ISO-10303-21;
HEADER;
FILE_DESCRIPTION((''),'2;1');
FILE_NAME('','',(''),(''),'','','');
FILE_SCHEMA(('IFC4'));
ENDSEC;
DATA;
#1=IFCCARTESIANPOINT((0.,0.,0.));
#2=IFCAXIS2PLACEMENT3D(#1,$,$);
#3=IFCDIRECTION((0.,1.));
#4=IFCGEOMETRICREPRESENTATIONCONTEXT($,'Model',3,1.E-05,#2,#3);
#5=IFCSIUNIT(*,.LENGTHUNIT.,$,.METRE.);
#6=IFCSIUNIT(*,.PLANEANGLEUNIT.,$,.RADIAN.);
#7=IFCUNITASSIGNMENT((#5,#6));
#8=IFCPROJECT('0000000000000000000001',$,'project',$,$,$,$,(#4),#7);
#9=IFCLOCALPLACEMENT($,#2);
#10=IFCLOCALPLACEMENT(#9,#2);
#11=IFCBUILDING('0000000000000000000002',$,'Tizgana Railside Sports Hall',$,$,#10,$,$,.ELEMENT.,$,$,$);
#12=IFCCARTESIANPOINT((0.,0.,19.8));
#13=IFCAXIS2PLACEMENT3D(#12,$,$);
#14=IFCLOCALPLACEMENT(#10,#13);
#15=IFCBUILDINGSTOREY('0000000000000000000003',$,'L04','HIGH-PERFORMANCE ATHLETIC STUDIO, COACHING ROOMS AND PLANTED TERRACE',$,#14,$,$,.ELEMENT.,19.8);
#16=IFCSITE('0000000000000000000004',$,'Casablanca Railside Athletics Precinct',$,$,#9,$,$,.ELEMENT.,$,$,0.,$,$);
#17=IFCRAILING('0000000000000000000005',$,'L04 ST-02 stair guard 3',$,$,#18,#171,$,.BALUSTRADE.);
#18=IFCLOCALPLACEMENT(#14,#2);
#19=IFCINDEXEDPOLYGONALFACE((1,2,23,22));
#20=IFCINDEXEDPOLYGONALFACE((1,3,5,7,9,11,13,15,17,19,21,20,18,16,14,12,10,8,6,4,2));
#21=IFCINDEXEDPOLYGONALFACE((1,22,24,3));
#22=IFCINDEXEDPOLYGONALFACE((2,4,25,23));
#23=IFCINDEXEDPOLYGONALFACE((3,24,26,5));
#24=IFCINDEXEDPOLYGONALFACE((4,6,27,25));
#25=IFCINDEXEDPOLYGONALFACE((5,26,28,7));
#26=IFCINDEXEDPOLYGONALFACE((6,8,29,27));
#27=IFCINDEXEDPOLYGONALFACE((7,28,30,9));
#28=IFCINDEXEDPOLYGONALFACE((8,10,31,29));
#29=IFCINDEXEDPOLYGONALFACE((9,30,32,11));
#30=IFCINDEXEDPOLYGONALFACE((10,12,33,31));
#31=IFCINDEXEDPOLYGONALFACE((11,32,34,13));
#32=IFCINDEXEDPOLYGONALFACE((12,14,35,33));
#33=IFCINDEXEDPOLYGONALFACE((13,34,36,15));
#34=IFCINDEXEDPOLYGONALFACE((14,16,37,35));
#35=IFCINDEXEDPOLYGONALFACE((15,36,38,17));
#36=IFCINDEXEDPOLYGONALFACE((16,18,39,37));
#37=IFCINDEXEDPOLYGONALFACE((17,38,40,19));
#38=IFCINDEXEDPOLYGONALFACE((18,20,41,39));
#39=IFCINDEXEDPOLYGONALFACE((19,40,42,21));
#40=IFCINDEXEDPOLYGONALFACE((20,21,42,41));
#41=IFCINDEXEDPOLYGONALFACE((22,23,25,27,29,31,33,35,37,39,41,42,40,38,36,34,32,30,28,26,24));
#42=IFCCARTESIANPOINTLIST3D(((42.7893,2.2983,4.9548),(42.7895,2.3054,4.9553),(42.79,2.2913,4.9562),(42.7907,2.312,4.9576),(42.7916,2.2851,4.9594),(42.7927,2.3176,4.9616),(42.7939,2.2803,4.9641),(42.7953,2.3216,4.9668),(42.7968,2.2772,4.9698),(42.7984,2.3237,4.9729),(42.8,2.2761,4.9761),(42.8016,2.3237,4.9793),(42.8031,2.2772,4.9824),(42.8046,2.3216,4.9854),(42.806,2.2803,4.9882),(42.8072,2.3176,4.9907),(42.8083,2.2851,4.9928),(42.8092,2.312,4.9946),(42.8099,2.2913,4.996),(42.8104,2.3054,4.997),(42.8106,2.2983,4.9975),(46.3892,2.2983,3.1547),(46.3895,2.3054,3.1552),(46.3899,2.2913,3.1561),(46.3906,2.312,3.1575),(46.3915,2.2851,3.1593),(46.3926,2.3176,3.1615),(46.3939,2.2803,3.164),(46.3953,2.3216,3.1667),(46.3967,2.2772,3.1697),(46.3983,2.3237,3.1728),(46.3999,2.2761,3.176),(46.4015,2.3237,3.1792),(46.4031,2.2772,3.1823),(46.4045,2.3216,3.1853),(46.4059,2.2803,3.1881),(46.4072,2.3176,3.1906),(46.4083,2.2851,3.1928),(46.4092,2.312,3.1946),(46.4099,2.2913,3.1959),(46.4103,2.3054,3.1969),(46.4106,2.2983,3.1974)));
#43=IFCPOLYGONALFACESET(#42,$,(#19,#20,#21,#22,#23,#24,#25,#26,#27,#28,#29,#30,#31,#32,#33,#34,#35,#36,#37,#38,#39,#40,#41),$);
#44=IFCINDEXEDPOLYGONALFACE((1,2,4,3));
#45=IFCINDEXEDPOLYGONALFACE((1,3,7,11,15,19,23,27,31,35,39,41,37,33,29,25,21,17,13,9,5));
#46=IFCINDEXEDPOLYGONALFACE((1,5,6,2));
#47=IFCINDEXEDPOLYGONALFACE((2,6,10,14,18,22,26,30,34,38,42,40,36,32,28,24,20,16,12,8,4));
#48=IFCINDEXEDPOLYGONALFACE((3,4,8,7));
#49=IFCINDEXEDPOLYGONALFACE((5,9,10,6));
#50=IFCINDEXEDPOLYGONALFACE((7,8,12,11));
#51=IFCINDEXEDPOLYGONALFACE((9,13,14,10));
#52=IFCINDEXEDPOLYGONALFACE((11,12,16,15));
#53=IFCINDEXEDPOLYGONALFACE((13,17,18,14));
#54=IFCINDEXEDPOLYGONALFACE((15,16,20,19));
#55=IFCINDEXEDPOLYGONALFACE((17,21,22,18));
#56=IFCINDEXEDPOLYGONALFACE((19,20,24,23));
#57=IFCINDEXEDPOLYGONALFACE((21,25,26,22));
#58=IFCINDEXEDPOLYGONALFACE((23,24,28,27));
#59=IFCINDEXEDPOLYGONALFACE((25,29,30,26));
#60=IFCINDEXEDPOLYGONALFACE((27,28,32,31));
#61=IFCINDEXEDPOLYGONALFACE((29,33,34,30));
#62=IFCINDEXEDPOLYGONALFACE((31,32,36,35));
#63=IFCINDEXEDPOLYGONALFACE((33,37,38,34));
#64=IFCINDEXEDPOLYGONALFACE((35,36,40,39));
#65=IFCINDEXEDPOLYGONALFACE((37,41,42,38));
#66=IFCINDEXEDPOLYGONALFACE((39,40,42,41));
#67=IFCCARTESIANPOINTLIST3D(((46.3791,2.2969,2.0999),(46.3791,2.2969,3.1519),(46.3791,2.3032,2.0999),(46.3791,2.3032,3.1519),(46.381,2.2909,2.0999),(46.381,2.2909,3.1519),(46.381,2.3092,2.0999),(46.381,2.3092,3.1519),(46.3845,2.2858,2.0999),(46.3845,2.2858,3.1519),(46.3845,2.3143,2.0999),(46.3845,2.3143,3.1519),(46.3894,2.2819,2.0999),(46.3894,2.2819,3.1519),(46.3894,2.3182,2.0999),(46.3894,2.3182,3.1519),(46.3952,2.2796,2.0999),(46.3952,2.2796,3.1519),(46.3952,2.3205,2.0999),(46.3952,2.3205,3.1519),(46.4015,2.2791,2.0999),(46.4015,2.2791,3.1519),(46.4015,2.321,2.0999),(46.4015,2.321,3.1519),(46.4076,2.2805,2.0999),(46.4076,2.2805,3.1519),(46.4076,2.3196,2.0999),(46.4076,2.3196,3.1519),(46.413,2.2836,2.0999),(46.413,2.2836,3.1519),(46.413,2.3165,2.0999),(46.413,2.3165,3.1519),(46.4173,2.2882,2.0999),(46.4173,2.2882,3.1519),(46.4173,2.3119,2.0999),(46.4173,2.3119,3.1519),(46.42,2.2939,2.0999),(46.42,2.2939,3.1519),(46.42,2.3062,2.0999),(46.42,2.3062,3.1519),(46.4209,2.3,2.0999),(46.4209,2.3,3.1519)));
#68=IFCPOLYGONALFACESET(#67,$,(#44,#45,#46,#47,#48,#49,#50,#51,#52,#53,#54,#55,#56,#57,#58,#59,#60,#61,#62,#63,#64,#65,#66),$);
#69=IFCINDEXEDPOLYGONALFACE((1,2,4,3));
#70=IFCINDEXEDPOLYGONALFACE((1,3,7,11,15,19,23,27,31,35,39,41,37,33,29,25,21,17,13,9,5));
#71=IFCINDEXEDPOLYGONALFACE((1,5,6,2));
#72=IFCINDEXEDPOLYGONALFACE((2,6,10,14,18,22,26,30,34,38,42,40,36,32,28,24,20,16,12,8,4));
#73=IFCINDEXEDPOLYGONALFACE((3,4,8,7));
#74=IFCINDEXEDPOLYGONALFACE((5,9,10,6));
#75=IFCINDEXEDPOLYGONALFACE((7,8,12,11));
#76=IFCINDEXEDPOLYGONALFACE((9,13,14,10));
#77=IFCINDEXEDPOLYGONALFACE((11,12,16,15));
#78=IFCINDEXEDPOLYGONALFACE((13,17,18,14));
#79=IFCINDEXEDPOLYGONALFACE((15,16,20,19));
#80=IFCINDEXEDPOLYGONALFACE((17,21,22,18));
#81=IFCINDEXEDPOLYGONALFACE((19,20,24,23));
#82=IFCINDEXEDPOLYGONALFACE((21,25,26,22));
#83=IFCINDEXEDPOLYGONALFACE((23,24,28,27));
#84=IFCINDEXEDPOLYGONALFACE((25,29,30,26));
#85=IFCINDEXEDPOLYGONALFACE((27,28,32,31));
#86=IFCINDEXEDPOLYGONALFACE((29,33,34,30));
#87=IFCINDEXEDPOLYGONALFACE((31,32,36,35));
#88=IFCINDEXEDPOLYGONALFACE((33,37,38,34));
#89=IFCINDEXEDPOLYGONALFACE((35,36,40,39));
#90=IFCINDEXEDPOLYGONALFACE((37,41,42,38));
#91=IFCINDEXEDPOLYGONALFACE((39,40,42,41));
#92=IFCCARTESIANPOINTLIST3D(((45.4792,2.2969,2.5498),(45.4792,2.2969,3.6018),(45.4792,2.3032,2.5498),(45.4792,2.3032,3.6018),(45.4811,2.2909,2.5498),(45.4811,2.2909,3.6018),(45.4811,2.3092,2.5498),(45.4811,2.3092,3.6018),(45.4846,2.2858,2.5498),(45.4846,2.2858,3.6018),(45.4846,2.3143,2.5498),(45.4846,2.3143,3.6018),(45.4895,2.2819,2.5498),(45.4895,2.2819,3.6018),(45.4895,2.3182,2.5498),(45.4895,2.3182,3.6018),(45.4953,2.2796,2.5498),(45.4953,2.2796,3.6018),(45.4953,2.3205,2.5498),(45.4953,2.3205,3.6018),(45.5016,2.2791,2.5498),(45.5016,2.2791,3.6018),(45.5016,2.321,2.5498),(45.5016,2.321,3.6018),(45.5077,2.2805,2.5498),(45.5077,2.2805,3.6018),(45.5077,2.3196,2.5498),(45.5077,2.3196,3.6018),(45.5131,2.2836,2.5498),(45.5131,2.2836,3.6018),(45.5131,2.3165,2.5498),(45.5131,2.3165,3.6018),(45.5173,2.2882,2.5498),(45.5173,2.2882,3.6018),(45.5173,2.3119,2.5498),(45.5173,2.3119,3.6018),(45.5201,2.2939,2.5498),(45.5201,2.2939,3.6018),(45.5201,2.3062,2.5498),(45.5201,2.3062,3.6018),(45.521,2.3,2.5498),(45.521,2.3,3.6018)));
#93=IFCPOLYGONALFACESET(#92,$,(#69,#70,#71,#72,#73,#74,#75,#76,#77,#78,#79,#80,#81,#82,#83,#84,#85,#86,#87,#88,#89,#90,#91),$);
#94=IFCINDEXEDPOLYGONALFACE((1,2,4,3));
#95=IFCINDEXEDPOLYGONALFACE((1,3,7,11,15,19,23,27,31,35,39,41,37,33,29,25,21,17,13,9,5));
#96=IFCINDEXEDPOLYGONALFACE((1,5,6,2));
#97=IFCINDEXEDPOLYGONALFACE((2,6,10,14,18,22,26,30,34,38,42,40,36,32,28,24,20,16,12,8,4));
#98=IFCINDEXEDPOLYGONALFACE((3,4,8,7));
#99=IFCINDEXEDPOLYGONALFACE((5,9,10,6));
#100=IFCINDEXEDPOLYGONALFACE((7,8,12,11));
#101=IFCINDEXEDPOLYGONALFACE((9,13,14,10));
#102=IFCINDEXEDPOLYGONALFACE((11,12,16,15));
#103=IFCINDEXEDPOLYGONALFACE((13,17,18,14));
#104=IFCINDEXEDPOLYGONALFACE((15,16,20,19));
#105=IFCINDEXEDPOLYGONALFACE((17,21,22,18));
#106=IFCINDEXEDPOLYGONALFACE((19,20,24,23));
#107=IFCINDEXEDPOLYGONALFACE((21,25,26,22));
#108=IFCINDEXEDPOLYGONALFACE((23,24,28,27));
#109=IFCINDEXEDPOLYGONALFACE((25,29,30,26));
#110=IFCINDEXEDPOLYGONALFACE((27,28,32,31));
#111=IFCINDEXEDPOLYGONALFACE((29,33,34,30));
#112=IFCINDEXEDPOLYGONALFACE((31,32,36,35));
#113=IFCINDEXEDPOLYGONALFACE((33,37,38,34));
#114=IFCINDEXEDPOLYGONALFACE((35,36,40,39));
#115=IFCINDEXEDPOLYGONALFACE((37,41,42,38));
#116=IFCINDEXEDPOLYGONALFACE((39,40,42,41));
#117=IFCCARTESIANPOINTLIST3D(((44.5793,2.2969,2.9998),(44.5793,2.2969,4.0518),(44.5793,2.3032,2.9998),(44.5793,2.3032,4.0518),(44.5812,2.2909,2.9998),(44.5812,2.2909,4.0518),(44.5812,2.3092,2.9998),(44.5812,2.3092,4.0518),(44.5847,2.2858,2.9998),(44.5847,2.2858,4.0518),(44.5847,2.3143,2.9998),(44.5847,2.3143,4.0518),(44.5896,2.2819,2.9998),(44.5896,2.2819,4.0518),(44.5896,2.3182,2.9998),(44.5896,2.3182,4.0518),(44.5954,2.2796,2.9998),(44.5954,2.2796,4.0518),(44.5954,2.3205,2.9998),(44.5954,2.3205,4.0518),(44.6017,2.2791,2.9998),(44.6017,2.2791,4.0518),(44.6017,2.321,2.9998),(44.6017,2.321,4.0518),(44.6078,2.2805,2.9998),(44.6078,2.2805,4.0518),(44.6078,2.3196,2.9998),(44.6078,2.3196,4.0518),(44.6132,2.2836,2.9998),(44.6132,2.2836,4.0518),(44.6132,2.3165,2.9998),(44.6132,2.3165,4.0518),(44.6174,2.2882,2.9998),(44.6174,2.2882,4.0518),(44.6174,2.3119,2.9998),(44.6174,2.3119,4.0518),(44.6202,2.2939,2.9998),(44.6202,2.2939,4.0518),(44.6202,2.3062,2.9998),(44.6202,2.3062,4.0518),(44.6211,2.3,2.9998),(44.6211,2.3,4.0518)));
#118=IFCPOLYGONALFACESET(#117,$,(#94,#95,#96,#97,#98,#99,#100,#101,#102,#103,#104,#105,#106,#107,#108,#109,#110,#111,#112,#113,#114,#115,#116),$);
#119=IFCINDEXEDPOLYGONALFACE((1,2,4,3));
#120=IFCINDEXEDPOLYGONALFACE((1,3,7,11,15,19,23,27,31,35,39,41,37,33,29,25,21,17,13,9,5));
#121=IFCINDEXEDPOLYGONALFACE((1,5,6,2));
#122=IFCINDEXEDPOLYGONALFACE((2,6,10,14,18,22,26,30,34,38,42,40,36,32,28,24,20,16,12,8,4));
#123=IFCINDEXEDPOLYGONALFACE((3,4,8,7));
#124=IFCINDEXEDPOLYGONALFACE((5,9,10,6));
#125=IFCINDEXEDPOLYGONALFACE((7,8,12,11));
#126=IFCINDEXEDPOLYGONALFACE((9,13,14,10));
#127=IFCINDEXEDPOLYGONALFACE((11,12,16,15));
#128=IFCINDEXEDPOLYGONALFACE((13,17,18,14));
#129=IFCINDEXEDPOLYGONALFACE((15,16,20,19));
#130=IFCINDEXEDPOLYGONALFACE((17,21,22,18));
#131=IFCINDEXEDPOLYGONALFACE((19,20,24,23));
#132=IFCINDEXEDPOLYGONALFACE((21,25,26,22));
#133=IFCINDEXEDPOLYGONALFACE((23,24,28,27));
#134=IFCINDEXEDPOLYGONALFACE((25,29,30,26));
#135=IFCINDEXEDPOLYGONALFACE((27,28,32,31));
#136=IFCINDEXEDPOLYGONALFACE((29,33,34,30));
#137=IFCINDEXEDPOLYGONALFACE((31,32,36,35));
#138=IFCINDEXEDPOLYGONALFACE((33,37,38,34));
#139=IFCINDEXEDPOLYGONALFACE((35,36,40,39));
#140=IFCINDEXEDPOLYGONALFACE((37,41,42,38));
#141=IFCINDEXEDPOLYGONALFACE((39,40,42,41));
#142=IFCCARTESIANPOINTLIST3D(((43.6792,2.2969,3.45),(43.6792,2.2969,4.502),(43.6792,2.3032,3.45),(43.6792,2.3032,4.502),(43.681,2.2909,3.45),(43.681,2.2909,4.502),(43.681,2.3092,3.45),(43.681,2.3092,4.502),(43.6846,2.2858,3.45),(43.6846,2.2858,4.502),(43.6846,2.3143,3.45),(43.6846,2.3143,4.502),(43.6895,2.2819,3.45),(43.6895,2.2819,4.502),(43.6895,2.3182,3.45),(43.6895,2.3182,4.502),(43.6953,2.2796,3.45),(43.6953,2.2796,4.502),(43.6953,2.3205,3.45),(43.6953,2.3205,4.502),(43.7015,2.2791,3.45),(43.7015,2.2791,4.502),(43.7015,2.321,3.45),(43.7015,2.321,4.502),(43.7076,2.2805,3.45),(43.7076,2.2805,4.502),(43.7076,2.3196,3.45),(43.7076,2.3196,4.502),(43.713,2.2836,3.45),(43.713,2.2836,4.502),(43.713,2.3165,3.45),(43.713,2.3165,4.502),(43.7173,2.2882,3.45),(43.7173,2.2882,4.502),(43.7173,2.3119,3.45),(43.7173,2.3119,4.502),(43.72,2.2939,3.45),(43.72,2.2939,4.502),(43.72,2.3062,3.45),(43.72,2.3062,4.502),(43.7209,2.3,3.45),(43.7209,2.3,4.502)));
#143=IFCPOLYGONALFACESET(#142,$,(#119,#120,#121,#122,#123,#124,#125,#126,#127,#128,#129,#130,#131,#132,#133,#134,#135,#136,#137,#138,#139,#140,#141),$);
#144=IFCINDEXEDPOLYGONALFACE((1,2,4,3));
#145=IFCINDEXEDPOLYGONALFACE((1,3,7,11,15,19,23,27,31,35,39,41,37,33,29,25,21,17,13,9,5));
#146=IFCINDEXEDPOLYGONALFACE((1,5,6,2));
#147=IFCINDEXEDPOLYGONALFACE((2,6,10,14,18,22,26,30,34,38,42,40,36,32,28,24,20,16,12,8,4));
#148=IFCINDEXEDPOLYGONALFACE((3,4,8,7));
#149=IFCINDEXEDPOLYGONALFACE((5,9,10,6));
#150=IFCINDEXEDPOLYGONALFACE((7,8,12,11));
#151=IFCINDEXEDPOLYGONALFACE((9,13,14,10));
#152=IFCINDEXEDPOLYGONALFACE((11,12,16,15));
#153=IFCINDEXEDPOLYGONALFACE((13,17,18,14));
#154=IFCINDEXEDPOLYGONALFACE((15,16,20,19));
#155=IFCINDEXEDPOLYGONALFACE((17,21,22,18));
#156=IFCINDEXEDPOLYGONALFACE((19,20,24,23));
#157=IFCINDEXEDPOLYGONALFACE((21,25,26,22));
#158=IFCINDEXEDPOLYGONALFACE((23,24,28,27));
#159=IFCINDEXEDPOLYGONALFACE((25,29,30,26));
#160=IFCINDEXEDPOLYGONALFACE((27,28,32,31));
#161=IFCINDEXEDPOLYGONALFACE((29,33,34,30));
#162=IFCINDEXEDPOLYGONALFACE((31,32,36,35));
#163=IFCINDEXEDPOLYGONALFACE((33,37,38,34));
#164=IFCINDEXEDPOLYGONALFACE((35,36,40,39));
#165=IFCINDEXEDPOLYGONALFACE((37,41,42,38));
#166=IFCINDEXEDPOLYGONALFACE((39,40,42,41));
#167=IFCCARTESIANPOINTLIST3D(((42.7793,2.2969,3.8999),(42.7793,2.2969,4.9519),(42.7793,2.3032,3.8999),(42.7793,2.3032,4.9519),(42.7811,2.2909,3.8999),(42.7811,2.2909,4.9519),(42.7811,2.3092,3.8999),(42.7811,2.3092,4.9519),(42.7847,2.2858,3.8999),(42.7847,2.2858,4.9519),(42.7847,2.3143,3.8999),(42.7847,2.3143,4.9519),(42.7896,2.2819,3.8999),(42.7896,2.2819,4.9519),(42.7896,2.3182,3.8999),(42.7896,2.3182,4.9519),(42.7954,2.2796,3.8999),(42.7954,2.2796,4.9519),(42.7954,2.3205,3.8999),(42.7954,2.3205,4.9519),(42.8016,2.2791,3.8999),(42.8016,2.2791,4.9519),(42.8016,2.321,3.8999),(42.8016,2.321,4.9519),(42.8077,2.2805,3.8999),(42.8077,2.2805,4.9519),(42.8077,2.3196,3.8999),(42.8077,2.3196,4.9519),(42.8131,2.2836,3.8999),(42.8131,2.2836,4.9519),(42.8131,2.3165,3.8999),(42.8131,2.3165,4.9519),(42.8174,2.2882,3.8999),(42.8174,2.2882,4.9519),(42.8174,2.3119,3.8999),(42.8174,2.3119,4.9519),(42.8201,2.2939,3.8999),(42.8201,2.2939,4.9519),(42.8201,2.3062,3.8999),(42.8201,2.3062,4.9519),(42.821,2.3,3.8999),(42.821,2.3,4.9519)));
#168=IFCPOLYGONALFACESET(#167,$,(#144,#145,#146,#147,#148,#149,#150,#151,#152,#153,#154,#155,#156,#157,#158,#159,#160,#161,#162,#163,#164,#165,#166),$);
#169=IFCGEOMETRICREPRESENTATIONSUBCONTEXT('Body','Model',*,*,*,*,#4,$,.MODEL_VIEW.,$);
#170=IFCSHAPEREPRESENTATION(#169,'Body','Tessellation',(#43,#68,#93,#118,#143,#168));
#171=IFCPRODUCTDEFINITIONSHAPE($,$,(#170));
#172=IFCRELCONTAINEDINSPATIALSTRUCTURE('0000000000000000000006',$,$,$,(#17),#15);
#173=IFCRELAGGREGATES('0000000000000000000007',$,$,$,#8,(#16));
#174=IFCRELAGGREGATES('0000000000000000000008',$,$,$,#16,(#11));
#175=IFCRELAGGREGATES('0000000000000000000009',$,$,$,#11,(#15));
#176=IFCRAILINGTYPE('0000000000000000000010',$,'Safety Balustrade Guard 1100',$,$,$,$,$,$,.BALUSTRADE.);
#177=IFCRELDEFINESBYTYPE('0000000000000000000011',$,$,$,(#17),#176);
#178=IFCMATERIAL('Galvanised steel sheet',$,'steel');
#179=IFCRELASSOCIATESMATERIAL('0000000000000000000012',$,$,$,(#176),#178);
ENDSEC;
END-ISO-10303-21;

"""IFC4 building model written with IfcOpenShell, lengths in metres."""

from ifc_helpers import new_model, si_unit, direction, frame, origin, origin_2d, place, context, subcontext, project, spatial, circle, extrude, material, type_object, element, save


model = new_model("IFC4")

# Units and contexts
model_context = context("Model", 3, precision=1e-05, world=origin(), true_north=direction((0.0, 1.0)))
body_context = subcontext(model_context, "Body", "Model", "MODEL_VIEW")
ifc_project = project(units=[si_unit("LENGTHUNIT", "METRE"), si_unit("PLANEANGLEUNIT", "RADIAN")], contexts=[model_context])

# Site, building, storey
site_placement = place(None, origin())
site = spatial("IfcSite", under=ifc_project, at=site_placement, Name="Casablanca Railside Athletics Precinct", CompositionType="ELEMENT", RefElevation=0.0)
building_placement = place(site_placement, origin())
building = spatial("IfcBuilding", under=site, at=building_placement, Name="Tizgana Railside Sports Hall", CompositionType="ELEMENT")
storey_placement = place(building_placement, frame((0.0, 0.0, 19.8)))
storey = spatial("IfcBuildingStorey", under=building, at=storey_placement, Name="L04", Description="HIGH-PERFORMANCE ATHLETIC STUDIO, COACHING ROOMS AND PLANTED TERRACE", CompositionType="ELEMENT", Elevation=19.8)

# Railing
ifc_material_1 = material(Name="Galvanised steel sheet", Category="steel")
railing_type_1 = type_object("IfcRailingType", Name="Safety Balustrade Guard 1100", PredefinedType="BALUSTRADE", material=ifc_material_1)
railing_1_placement = place(storey_placement, frame((46.3999, 2.3, 2.0999)))
element("IfcRailing", 1, at=railing_1_placement, inside=storey, type_object=railing_type_1, Name="L04 ST-02 stair guard 3", PredefinedType="BALUSTRADE", context=body_context, shape_type="SweptSolid", body=[
    extrude(circle(Radius=0.0239, at=origin_2d()), frame((0.0, 0.0, 1.0762), z_axis=(-0.894415, 0.0, 0.447238), x_axis=(0.0, -1.0, 0.0)), (0.0, 0.0, 1.0), 4.0249),
    extrude(circle(Radius=0.021, at=origin_2d()), origin(), (0.0, 0.0, 1.0), 1.052),
    extrude(circle(Radius=0.021, at=origin_2d()), frame((-0.8999, 0.0, 0.45)), (0.0, 0.0, 1.0), 1.052),
    extrude(circle(Radius=0.021, at=origin_2d()), frame((-1.7998, 0.0, 0.8999)), (0.0, 0.0, 1.0), 1.052),
    extrude(circle(Radius=0.021, at=origin_2d()), frame((-2.7, 0.0, 1.3501)), (0.0, 0.0, 1.0), 1.052),
    extrude(circle(Radius=0.021, at=origin_2d()), frame((-3.5999, 0.0, 1.8)), (0.0, 0.0, 1.0), 1.052),
])

save(model, "model.ifc")
